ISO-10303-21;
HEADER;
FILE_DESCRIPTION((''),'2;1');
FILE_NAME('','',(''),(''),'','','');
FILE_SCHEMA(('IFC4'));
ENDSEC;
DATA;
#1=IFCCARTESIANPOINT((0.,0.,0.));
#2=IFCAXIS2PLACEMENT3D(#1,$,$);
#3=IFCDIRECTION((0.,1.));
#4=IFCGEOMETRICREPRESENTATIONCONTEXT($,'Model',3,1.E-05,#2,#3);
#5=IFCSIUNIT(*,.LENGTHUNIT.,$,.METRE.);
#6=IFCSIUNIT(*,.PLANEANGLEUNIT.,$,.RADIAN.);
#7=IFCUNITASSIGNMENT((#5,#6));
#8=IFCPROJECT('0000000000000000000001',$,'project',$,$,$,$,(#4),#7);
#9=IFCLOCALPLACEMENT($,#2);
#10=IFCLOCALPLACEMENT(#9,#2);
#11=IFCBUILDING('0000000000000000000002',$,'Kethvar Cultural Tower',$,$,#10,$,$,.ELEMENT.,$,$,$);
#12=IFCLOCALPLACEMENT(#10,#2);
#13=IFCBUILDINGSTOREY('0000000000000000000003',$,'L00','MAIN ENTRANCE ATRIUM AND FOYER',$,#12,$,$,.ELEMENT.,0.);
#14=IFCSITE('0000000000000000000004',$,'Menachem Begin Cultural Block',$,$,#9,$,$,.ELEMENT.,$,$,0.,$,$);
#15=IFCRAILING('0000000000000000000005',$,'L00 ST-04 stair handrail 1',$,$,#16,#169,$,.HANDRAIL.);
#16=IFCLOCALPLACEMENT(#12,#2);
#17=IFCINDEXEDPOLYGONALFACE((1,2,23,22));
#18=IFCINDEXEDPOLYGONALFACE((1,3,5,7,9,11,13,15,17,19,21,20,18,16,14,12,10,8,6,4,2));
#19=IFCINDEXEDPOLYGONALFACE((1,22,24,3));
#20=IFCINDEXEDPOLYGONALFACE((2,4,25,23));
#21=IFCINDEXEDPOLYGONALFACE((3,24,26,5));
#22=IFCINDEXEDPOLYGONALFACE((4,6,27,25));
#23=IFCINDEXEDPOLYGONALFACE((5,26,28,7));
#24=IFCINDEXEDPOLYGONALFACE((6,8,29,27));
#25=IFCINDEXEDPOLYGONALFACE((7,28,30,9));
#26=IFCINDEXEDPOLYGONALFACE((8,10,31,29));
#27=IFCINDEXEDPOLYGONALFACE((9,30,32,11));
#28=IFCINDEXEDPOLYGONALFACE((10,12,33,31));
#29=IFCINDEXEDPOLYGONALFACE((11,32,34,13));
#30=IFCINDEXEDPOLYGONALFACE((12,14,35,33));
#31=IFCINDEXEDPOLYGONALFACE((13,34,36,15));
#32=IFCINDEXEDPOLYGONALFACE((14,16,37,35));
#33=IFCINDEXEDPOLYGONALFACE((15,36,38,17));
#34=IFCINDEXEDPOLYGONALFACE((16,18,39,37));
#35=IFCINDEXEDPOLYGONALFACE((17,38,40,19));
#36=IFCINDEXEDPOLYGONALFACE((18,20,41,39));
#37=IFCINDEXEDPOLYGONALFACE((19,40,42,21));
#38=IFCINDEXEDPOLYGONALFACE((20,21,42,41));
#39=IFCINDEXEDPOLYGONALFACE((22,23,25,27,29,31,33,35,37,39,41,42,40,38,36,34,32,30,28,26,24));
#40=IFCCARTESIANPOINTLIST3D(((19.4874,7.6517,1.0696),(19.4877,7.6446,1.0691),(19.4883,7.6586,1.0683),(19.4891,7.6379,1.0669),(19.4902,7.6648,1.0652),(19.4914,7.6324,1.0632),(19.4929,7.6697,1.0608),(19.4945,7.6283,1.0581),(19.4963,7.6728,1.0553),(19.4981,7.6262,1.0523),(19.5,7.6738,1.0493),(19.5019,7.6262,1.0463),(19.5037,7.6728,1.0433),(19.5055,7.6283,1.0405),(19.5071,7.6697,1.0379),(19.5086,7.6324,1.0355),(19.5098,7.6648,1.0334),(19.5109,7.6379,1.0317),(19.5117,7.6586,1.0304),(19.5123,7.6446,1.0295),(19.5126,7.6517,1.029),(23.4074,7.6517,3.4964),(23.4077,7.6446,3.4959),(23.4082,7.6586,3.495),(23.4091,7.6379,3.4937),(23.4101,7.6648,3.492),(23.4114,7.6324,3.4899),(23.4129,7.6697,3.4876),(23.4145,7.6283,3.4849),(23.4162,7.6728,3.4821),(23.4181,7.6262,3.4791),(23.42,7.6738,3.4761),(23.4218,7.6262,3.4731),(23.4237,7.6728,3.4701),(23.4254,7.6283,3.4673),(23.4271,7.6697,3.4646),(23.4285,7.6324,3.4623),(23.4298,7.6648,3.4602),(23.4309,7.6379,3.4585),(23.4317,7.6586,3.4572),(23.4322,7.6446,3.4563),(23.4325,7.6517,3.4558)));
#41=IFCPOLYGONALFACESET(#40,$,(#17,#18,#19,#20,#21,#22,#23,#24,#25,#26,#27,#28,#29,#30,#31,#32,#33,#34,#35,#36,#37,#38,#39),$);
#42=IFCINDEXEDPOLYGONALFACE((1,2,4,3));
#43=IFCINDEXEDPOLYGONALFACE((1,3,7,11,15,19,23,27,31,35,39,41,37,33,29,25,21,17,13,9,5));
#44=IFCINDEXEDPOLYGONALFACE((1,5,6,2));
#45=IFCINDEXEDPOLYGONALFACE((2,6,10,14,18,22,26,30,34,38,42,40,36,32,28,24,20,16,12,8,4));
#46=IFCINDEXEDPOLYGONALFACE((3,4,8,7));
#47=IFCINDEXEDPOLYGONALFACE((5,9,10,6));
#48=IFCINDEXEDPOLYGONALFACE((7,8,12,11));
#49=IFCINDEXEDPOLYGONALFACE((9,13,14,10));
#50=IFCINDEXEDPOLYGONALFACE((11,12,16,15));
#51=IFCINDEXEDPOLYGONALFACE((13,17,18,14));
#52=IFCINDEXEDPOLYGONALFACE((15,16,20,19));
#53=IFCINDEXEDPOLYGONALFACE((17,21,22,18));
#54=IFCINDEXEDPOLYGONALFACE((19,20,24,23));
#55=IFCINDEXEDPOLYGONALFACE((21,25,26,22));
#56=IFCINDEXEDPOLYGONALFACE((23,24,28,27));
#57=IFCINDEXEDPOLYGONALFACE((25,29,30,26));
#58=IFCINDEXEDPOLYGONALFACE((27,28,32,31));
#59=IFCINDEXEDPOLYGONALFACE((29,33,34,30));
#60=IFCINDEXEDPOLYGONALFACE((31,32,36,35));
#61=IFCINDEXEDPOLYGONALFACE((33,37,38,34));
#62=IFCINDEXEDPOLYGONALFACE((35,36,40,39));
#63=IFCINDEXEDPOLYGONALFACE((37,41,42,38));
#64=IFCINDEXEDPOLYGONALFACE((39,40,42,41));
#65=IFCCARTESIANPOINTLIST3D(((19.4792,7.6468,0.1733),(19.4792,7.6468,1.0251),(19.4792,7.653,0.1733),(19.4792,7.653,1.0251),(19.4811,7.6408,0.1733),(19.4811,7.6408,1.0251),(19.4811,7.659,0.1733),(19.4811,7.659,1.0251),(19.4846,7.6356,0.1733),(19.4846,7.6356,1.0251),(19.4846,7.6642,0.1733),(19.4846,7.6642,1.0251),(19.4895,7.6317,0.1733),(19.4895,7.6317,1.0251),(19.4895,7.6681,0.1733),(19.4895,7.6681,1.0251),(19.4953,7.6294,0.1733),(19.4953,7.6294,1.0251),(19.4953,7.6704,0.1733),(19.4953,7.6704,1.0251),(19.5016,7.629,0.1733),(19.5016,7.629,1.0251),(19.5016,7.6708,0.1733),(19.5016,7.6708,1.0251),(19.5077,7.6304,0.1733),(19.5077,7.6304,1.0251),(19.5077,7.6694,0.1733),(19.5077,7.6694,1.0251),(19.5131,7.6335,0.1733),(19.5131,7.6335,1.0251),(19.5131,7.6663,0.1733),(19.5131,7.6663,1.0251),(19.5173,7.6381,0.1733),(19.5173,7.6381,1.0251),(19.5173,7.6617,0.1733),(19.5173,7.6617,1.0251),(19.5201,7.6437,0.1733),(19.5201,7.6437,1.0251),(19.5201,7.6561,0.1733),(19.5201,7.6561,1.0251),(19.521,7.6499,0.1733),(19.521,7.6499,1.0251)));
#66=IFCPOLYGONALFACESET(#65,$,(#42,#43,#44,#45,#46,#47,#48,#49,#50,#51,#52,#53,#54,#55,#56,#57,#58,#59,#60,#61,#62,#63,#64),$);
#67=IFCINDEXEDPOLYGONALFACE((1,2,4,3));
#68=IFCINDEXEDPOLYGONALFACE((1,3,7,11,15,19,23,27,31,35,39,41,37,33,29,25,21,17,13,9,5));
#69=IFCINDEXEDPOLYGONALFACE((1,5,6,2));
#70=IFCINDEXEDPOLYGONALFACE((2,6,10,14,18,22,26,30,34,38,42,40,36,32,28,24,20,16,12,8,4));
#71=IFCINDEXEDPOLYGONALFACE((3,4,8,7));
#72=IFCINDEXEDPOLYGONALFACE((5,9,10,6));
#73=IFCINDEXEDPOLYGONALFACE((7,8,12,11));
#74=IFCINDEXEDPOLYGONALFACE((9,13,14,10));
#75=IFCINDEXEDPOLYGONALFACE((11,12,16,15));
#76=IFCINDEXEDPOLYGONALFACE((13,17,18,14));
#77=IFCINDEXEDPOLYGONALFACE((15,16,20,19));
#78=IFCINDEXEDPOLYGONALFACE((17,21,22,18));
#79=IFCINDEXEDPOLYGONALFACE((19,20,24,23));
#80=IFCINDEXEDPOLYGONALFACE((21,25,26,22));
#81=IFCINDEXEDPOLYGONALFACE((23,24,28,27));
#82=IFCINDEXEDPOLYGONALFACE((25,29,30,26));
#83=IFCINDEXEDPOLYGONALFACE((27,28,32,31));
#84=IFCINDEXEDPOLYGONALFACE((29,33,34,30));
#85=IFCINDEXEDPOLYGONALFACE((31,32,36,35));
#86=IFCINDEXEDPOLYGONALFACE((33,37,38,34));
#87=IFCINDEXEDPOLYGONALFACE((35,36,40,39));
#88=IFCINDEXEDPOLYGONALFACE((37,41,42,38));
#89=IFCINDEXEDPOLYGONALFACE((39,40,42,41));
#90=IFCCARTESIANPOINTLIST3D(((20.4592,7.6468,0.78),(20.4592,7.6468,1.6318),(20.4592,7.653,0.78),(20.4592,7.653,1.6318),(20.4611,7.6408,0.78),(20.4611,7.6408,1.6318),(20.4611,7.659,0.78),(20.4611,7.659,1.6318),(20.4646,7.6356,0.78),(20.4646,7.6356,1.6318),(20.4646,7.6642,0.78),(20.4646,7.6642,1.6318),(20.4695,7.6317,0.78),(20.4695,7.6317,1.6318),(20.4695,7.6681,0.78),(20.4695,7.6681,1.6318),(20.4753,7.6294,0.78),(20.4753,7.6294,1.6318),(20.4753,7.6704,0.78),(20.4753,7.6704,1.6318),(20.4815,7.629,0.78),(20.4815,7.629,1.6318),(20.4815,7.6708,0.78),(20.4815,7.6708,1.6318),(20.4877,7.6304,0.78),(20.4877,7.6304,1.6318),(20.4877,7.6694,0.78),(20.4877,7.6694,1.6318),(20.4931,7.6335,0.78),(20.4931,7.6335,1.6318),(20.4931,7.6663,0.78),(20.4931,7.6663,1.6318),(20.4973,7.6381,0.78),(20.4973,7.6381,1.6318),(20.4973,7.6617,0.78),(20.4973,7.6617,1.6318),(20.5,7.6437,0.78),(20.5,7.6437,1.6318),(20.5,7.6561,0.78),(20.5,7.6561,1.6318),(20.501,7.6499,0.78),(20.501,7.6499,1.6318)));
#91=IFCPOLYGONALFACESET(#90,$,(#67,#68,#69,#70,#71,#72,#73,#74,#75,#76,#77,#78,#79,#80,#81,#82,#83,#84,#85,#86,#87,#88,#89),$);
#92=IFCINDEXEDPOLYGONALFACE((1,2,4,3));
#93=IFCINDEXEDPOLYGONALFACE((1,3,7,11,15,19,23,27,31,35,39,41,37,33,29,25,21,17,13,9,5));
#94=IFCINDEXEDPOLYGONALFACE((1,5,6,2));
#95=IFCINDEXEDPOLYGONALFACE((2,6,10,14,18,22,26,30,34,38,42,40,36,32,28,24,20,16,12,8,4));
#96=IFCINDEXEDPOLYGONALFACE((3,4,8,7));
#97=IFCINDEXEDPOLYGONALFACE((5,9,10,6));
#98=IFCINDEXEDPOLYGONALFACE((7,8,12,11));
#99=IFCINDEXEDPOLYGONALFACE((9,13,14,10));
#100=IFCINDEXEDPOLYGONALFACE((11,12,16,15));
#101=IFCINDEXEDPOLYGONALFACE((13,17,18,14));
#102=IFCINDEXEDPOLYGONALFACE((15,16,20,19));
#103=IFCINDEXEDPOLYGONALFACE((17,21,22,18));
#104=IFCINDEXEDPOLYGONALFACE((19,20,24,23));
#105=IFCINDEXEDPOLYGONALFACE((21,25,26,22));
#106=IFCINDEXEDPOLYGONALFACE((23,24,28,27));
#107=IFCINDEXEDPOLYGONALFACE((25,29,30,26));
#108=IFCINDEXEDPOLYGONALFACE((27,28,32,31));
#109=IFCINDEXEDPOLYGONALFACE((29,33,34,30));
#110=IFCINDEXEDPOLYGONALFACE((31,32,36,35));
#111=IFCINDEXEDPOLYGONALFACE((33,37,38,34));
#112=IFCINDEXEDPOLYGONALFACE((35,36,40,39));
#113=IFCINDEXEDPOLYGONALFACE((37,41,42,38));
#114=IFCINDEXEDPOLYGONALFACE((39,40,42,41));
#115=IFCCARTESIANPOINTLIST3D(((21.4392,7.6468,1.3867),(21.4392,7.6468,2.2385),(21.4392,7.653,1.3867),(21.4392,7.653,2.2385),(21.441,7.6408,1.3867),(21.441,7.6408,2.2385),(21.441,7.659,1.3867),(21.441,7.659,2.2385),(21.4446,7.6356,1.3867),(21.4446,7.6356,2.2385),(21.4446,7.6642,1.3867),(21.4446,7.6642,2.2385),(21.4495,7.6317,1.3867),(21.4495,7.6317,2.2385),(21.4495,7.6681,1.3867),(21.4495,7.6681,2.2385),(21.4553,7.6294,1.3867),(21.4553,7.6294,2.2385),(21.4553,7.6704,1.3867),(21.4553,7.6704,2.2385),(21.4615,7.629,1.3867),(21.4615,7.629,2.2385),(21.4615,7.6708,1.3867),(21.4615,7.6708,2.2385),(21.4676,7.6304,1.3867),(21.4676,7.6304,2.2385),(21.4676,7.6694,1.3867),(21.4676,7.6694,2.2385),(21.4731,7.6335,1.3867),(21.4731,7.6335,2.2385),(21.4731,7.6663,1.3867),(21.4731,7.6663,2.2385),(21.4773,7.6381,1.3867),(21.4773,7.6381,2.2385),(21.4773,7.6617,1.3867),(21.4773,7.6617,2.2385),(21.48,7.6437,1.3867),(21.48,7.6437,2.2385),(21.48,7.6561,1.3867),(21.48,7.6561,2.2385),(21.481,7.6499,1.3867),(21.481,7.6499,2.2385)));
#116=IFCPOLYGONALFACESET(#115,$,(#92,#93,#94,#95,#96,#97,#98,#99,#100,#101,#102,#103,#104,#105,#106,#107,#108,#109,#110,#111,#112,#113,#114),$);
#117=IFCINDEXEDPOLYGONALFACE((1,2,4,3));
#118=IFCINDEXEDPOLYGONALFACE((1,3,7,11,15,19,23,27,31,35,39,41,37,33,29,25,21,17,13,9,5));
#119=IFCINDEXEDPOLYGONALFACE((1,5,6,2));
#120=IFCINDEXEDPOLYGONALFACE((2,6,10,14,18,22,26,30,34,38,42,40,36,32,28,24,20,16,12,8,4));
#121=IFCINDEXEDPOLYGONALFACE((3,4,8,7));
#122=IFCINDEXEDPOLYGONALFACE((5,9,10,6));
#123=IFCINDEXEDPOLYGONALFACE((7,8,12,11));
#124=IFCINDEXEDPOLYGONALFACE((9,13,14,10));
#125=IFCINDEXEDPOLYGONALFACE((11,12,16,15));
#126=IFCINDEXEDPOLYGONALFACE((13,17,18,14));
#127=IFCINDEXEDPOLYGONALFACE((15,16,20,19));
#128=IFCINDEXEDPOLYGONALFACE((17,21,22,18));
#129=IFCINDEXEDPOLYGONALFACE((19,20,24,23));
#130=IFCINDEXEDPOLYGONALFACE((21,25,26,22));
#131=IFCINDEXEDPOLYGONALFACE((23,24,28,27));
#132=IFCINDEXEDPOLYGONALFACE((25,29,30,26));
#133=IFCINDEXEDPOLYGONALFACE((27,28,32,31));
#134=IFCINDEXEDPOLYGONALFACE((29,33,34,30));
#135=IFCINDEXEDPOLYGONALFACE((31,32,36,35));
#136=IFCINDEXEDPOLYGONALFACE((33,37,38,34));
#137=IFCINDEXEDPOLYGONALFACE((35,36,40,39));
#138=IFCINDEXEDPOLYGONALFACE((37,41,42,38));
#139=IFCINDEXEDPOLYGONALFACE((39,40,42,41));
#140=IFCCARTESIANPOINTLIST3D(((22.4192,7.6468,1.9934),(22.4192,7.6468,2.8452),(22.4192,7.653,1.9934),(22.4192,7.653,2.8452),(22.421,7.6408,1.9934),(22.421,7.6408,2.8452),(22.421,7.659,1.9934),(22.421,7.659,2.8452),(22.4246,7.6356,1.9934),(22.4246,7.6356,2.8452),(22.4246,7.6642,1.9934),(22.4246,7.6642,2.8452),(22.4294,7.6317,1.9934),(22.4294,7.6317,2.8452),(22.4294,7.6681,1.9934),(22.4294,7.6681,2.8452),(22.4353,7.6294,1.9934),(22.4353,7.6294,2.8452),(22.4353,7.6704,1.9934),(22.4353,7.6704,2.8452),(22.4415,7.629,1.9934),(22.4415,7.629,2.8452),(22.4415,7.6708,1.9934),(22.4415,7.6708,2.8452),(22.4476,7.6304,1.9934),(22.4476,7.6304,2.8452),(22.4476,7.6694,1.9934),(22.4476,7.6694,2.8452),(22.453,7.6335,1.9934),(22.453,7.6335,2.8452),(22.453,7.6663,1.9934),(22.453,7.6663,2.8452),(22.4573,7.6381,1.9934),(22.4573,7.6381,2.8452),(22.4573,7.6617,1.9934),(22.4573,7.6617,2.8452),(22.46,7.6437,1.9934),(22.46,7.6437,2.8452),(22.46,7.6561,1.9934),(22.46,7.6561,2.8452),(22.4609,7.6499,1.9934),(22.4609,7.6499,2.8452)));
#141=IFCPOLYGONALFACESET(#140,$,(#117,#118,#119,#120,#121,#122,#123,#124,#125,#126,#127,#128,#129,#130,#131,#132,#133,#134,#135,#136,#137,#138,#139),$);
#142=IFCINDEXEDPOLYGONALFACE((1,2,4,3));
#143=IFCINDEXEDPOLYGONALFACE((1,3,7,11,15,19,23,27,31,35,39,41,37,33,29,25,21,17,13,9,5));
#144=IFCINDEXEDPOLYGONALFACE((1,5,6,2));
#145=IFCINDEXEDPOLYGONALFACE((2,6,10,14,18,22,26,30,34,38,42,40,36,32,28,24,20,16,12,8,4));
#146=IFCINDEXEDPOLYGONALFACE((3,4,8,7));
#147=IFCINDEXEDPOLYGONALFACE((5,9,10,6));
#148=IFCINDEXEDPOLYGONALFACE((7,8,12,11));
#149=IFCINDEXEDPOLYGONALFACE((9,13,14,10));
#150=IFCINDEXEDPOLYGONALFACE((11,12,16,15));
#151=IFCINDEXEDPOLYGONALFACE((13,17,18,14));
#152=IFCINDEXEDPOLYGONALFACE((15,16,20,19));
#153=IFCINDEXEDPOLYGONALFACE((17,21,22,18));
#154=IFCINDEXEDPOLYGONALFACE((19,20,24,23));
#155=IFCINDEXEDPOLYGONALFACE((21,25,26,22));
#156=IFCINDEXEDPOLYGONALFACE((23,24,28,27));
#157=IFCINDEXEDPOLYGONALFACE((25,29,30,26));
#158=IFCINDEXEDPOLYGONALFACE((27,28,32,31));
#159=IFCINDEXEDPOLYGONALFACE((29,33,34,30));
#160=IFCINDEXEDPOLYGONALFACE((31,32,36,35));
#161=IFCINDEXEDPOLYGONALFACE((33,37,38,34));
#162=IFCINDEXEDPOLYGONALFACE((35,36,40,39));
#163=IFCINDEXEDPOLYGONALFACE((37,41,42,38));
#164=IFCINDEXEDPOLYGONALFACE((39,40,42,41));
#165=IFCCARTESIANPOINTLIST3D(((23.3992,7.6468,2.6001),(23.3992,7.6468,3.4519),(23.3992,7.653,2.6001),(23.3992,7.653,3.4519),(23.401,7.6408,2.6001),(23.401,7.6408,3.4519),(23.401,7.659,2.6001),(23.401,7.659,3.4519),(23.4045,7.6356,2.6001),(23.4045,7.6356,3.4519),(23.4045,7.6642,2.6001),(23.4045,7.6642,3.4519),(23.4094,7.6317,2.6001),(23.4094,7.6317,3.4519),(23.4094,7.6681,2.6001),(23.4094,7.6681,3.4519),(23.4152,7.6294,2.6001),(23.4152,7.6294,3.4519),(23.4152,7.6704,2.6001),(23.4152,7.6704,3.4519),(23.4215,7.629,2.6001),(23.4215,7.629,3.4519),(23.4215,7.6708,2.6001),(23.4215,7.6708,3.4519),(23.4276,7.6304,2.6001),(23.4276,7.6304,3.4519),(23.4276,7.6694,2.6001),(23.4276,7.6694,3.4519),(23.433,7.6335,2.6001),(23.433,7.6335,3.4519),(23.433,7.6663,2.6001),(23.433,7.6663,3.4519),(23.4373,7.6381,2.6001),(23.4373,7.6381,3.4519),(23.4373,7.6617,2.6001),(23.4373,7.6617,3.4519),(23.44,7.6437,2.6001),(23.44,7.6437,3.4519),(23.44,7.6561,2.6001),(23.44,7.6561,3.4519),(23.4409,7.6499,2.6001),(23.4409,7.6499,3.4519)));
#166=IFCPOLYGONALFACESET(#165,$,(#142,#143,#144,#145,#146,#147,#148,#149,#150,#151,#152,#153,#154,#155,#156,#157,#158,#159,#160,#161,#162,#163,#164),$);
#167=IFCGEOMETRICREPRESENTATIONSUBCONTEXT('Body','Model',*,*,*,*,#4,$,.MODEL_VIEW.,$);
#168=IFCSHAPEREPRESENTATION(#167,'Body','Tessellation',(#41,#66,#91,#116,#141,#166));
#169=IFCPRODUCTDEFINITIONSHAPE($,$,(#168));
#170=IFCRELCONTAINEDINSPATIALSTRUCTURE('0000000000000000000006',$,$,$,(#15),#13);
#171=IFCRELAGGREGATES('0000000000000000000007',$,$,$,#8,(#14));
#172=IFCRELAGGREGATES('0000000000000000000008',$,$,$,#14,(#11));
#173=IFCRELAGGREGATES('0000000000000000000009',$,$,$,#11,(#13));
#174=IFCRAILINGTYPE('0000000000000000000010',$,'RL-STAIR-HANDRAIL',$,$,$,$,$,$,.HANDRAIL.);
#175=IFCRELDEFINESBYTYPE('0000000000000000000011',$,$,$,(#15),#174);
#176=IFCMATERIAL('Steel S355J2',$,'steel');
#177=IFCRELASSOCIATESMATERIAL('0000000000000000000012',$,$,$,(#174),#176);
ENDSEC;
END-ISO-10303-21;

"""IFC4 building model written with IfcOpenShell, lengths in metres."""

from ifc_helpers import new_model, si_unit, direction, frame, origin, origin_2d, place, context, subcontext, project, spatial, circle, extrude, material, type_object, element, save


model = new_model("IFC4")

# Units and contexts
model_context = context("Model", 3, precision=1e-05, world=origin(), true_north=direction((0.0, 1.0)))
body_context = subcontext(model_context, "Body", "Model", "MODEL_VIEW")
ifc_project = project(units=[si_unit("LENGTHUNIT", "METRE"), si_unit("PLANEANGLEUNIT", "RADIAN")], contexts=[model_context])

# Site, building, storey
site_placement = place(None, origin())
site = spatial("IfcSite", under=ifc_project, at=site_placement, Name="Menachem Begin Cultural Block", CompositionType="ELEMENT", RefElevation=0.0)
building_placement = place(site_placement, origin())
building = spatial("IfcBuilding", under=site, at=building_placement, Name="Kethvar Cultural Tower", CompositionType="ELEMENT")
storey_placement = place(building_placement, origin())
storey = spatial("IfcBuildingStorey", under=building, at=storey_placement, Name="L00", Description="MAIN ENTRANCE ATRIUM AND FOYER", CompositionType="ELEMENT", Elevation=0.0)

# Shared definitions
ifc_material_1 = material(Name="Steel S355J2", Category="steel")

# Railing
railing_type_1 = type_object("IfcRailingType", Name="RL-STAIR-HANDRAIL", PredefinedType="HANDRAIL", material=ifc_material_1)
railing_1_placement = place(storey_placement, frame((19.5, 7.6499, 0.1733)))
element("IfcRailing", 1, at=railing_1_placement, inside=storey, type_object=railing_type_1, Name="L00 ST-04 stair handrail 1", PredefinedType="HANDRAIL", context=body_context, shape_type="SweptSolid", body=[
    extrude(circle(Radius=0.0239, at=origin_2d()), frame((0.0, 0.0, 0.876), z_axis=(0.850252, 0.0, 0.526376), x_axis=(0.0, 1.0, 0.0)), (0.0, 0.0, 1.0), 4.6104),
    extrude(circle(Radius=0.021, at=origin_2d()), origin(), (0.0, 0.0, 1.0), 0.8518),
    extrude(circle(Radius=0.021, at=origin_2d()), frame((0.98, 0.0, 0.6067)), (0.0, 0.0, 1.0), 0.8518),
    extrude(circle(Radius=0.021, at=origin_2d()), frame((1.96, 0.0, 1.2134)), (0.0, 0.0, 1.0), 0.8518),
    extrude(circle(Radius=0.021, at=origin_2d()), frame((2.9399, 0.0, 1.8201)), (0.0, 0.0, 1.0), 0.8518),
    extrude(circle(Radius=0.021, at=origin_2d()), frame((3.9199, 0.0, 2.4268)), (0.0, 0.0, 1.0), 0.8518),
])

save(model, "model.ifc")
